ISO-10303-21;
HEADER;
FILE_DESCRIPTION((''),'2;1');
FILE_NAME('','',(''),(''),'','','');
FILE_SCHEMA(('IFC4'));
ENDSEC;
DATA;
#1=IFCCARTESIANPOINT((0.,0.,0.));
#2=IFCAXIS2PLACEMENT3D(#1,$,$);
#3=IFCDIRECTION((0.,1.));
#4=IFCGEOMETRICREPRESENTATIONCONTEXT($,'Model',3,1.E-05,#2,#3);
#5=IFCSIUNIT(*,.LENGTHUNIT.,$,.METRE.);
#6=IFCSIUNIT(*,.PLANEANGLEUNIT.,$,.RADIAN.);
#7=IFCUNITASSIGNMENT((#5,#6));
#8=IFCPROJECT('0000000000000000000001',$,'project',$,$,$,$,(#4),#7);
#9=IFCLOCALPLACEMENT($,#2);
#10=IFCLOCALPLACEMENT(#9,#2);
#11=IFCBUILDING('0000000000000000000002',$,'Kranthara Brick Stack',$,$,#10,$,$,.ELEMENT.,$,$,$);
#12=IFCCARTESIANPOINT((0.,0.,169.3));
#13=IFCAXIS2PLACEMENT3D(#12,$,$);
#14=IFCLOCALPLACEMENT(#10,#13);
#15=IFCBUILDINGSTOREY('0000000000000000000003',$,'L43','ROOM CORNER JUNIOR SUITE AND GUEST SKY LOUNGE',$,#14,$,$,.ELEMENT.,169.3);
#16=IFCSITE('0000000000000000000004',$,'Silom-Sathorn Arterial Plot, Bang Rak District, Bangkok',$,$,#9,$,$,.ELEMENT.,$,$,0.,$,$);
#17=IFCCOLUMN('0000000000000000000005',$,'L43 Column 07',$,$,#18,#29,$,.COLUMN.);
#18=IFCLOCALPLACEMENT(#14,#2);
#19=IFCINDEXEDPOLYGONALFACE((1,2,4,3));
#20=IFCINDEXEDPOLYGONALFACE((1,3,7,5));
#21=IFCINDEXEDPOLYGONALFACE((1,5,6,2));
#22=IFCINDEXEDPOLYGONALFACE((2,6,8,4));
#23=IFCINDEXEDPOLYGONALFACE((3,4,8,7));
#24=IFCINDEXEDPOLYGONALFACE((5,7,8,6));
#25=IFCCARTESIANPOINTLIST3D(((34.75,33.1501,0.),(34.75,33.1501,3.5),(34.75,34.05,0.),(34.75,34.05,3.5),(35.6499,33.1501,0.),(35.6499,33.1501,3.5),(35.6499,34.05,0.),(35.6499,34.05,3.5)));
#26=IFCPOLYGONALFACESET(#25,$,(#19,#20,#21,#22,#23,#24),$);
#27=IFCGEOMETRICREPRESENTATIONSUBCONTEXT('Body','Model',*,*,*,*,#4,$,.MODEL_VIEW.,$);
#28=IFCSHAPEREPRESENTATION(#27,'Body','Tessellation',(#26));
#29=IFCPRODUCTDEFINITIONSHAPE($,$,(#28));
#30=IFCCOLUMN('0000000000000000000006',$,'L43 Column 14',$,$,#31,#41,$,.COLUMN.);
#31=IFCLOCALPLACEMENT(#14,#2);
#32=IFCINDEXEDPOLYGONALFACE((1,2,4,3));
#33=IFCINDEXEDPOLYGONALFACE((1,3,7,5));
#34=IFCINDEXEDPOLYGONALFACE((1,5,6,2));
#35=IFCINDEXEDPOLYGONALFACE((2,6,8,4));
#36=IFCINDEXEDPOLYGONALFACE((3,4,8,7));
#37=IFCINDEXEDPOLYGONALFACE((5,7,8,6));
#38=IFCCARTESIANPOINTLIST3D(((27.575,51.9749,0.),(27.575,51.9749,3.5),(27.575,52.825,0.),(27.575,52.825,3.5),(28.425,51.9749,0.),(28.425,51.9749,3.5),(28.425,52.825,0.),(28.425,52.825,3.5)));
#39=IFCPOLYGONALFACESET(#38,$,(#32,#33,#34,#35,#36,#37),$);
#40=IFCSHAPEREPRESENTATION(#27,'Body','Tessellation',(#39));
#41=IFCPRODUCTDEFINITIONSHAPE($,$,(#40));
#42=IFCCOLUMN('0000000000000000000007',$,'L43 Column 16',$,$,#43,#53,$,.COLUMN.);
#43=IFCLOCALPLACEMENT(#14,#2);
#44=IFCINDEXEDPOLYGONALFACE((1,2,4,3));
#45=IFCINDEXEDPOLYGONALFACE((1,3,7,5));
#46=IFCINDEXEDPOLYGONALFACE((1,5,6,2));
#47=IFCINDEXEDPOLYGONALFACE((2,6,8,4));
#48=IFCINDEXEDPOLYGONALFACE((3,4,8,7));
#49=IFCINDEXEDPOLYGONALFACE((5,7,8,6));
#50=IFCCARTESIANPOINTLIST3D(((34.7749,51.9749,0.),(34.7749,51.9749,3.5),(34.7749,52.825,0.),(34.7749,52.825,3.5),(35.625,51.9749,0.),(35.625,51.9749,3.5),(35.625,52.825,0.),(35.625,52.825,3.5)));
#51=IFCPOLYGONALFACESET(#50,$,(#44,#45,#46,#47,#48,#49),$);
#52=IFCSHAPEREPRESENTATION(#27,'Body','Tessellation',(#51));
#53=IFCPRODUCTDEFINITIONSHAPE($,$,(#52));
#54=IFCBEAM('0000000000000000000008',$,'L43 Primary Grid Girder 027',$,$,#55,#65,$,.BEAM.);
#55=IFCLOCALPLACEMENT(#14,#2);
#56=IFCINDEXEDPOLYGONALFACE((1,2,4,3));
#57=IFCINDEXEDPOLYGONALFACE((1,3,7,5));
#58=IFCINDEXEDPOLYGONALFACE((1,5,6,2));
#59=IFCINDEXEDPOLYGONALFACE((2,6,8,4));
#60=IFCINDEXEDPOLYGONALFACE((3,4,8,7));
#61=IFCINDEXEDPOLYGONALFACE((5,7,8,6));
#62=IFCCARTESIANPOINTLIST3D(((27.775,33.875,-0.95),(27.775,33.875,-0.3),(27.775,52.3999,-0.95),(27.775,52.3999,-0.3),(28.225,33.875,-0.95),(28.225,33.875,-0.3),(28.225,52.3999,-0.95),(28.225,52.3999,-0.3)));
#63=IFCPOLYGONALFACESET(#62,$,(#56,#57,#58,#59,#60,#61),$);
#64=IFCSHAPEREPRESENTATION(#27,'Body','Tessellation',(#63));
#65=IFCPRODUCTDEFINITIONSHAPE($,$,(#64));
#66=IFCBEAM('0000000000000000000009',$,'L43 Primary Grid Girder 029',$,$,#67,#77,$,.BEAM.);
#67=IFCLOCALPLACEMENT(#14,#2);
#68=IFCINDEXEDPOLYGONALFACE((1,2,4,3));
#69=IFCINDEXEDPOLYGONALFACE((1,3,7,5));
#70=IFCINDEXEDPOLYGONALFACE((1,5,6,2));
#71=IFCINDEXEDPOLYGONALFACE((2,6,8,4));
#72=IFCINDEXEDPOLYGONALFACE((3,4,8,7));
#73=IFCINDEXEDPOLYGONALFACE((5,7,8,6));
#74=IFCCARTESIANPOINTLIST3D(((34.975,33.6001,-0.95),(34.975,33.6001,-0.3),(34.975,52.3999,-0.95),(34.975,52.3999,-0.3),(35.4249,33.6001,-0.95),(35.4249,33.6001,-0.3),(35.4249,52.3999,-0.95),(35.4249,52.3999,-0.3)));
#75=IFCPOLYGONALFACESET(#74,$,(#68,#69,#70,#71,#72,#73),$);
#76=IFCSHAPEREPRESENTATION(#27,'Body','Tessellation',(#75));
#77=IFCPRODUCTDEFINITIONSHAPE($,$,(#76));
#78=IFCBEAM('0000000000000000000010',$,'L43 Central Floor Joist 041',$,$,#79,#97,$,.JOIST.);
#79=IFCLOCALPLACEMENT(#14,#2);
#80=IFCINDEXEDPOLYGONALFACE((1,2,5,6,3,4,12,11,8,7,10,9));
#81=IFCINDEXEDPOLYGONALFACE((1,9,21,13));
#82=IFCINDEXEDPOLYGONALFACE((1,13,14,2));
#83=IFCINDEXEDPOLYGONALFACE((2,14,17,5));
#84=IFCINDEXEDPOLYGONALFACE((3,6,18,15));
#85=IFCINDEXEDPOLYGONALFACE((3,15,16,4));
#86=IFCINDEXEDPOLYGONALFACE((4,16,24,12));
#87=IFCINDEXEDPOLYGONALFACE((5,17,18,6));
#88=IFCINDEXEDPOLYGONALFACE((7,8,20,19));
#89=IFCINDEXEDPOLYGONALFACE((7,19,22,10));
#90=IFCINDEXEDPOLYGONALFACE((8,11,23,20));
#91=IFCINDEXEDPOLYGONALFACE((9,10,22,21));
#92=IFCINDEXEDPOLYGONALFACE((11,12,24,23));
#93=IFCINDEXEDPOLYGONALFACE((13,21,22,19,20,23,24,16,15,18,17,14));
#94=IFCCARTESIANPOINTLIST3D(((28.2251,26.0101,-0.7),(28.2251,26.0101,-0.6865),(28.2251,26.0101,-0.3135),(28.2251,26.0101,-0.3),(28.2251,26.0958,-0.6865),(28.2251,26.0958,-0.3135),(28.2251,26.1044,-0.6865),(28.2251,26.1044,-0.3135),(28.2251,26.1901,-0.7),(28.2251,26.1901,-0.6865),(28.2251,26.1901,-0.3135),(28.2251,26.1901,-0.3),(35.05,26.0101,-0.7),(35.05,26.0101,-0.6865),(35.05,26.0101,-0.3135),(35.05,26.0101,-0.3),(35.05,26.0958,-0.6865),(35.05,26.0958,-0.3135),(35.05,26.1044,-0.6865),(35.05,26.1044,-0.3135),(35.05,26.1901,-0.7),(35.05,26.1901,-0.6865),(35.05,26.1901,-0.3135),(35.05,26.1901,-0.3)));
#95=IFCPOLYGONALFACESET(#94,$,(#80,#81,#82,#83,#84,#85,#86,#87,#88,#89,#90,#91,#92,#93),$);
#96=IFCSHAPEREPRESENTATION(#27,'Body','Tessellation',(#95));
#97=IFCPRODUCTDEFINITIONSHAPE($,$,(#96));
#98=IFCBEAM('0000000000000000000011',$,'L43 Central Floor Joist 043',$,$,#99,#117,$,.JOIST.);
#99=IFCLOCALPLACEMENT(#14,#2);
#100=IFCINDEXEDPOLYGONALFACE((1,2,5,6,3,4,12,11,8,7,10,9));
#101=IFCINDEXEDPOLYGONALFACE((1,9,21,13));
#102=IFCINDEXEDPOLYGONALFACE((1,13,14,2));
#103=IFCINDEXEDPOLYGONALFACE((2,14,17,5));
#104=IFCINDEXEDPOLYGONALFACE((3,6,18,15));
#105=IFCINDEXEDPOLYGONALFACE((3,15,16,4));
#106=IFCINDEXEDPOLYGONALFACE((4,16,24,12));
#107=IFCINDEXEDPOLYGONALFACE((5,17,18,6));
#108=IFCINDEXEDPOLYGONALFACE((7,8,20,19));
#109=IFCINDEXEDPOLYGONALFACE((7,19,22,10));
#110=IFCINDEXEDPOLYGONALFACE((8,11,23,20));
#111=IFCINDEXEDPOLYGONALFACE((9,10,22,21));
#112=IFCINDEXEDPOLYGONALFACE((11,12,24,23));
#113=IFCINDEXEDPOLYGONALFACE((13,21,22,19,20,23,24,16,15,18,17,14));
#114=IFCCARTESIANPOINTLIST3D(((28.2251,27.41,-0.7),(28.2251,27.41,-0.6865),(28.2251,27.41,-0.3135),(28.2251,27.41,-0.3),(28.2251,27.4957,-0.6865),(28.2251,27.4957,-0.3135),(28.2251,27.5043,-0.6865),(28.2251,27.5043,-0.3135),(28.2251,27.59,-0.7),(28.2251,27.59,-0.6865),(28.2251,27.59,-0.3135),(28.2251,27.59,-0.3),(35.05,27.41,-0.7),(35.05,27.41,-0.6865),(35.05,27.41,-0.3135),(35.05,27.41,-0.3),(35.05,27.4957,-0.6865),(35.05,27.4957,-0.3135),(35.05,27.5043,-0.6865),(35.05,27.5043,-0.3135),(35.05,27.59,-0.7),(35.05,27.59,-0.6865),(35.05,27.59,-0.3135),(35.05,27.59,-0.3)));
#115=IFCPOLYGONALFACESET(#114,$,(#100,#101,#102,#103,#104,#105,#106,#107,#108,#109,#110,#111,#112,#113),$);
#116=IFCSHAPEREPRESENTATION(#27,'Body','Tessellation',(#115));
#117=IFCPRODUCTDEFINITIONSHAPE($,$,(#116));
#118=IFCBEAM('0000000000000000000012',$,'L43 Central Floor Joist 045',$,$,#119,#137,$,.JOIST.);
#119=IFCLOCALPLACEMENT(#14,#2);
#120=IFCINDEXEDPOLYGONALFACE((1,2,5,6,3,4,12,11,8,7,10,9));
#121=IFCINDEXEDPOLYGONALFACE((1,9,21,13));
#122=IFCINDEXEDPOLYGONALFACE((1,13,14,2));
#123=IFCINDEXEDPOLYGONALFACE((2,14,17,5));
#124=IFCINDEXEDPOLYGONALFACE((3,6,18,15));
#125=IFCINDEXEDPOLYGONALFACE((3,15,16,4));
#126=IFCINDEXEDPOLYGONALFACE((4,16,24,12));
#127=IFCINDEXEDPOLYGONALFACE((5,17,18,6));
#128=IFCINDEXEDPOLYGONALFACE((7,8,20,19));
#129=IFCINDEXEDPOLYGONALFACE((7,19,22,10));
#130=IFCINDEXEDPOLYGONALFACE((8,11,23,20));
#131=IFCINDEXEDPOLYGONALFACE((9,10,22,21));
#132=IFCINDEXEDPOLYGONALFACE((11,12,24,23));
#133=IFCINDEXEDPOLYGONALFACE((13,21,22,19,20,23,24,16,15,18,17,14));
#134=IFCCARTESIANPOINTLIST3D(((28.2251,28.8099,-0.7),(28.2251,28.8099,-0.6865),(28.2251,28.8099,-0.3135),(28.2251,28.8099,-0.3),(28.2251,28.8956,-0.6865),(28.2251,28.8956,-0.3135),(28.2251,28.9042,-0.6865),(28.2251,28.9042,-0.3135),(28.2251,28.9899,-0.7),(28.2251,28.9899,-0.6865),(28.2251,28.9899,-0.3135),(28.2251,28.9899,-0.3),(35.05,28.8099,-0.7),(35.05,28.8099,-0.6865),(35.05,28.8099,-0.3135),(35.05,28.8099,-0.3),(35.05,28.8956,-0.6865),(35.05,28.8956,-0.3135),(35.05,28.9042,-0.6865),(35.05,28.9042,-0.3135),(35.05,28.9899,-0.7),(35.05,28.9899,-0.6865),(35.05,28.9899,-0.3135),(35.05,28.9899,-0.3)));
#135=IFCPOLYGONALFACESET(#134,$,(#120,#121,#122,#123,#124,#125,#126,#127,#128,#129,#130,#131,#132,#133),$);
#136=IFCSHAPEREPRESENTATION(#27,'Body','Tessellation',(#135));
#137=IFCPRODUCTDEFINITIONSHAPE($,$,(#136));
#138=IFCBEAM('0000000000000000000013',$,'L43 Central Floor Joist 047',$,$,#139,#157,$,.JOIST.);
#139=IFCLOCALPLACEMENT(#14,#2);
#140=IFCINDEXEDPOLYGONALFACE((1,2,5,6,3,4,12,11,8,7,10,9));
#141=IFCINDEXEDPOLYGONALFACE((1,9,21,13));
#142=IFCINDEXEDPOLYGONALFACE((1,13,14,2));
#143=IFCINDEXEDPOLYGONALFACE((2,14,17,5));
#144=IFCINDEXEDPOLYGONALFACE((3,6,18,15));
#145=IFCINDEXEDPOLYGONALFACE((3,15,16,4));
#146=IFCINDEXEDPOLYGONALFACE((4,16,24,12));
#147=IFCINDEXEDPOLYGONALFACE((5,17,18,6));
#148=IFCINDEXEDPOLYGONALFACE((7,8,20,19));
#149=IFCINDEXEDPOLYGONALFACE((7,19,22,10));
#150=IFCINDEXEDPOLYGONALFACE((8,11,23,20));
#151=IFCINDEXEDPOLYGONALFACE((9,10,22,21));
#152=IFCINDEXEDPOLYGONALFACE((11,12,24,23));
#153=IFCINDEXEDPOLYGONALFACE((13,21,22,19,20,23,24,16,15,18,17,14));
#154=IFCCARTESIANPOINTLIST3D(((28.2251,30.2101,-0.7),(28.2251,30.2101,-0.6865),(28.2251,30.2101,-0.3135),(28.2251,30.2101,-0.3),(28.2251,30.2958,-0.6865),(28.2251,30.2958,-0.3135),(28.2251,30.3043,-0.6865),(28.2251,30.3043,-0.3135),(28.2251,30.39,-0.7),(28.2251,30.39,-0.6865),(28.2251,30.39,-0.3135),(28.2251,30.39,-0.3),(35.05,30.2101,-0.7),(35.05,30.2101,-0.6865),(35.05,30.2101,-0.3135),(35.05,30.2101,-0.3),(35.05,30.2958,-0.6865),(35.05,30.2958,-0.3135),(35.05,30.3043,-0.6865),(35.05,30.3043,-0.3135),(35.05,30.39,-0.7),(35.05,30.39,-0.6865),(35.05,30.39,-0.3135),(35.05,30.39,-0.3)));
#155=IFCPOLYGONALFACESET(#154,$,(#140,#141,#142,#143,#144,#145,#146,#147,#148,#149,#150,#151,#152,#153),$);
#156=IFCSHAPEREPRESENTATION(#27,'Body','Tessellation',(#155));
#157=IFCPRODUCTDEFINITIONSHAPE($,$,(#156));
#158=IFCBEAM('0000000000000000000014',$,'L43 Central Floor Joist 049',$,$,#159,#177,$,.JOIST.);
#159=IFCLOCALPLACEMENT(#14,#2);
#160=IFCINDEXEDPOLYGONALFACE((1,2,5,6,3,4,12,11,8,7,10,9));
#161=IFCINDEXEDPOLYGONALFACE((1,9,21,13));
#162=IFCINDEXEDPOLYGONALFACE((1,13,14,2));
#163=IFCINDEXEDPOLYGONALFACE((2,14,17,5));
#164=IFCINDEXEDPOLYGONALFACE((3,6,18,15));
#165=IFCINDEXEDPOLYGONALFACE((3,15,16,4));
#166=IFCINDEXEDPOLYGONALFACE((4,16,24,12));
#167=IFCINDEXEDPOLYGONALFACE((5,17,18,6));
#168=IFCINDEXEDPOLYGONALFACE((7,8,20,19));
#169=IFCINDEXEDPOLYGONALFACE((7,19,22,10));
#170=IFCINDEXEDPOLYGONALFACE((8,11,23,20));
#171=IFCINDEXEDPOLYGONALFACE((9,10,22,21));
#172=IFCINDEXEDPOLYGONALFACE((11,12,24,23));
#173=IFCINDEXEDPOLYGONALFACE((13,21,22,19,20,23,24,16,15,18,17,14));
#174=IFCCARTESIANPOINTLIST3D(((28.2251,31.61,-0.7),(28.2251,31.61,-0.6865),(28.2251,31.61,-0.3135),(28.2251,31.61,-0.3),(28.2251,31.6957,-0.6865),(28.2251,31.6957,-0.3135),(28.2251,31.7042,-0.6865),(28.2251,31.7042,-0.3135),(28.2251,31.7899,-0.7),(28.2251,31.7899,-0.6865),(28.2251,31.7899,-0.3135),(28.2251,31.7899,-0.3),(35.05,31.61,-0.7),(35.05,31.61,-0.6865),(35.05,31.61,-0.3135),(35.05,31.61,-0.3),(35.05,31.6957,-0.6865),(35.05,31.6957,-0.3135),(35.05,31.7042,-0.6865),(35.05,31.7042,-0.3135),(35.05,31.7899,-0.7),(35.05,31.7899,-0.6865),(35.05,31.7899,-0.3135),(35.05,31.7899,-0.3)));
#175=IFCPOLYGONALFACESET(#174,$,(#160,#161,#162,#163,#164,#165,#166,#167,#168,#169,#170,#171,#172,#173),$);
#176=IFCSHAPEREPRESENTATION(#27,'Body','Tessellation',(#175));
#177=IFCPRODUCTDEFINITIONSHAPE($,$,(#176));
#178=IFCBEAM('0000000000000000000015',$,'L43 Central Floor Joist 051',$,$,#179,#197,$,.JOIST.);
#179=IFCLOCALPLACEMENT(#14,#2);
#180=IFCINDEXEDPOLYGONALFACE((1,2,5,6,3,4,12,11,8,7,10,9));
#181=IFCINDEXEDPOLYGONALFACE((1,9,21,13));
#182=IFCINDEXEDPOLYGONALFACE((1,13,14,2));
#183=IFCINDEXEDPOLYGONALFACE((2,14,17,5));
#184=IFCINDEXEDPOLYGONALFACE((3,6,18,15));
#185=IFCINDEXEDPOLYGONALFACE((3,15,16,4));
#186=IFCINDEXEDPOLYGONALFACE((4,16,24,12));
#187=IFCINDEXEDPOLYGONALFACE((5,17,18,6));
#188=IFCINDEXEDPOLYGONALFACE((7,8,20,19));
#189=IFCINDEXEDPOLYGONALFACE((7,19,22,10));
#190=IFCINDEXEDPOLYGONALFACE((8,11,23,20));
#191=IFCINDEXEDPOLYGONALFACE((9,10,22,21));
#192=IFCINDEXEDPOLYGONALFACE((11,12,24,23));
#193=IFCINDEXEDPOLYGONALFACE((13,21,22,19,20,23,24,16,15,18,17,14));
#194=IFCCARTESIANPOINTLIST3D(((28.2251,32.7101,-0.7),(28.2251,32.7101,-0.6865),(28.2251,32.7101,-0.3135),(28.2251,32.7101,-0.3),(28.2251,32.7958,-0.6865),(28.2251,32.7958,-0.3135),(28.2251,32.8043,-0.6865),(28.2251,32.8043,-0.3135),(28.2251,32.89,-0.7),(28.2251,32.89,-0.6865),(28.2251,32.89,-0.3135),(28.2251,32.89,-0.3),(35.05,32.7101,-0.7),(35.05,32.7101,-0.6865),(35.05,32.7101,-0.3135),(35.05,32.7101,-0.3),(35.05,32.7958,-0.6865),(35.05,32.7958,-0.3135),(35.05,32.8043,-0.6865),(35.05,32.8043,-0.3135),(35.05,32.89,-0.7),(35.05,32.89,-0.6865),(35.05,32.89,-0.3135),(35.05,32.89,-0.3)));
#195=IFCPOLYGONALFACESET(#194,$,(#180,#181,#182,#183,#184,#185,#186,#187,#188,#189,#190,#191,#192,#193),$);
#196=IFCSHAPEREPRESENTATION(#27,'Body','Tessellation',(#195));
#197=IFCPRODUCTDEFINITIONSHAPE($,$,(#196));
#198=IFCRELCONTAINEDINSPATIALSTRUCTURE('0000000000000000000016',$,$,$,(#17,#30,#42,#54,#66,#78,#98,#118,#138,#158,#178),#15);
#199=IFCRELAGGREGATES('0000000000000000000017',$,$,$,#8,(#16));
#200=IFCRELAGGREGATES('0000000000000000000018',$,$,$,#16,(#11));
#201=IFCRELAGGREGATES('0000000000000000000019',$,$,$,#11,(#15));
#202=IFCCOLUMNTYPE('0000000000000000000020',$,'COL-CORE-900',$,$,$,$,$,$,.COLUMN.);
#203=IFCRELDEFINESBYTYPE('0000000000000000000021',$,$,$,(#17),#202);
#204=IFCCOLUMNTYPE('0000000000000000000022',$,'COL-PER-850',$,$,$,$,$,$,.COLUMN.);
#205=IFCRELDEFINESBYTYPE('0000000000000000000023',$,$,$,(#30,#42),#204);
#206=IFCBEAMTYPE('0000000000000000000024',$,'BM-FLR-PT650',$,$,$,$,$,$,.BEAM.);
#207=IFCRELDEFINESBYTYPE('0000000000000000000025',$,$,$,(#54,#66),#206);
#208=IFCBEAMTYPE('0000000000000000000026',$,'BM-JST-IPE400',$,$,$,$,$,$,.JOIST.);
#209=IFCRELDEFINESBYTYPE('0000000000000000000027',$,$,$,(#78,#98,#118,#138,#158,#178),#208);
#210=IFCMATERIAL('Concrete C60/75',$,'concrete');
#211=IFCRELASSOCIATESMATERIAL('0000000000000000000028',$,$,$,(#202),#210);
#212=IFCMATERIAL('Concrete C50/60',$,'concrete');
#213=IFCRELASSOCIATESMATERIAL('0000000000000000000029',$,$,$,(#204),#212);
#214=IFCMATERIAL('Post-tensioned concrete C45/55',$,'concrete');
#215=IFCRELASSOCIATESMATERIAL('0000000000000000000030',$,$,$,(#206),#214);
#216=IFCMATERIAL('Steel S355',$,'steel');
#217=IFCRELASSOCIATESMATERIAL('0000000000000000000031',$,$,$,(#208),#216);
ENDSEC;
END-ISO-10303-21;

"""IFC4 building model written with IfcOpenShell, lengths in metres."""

from ifc_helpers import new_model, si_unit, direction, frame, origin, origin_2d, place, context, subcontext, project, spatial, rectangle, i_section, extrude, material, material_profile, profile_set, type_object, element, save


model = new_model("IFC4")

# Units and contexts
model_context = context("Model", 3, precision=1e-05, world=origin(), true_north=direction((0.0, 1.0)))
body_context = subcontext(model_context, "Body", "Model", "MODEL_VIEW")
ifc_project = project(units=[si_unit("LENGTHUNIT", "METRE"), si_unit("PLANEANGLEUNIT", "RADIAN")], contexts=[model_context])

# Site, building, storey
site_placement = place(None, origin())
site = spatial("IfcSite", under=ifc_project, at=site_placement, Name="Silom-Sathorn Arterial Plot, Bang Rak District, Bangkok", CompositionType="ELEMENT", RefElevation=0.0)
building_placement = place(site_placement, origin())
building = spatial("IfcBuilding", under=site, at=building_placement, Name="Kranthara Brick Stack", CompositionType="ELEMENT")
storey_placement = place(building_placement, frame((0.0, 0.0, 169.3)))
storey = spatial("IfcBuildingStorey", under=building, at=storey_placement, Name="L43", Description="ROOM CORNER JUNIOR SUITE AND GUEST SKY LOUNGE", CompositionType="ELEMENT", Elevation=169.3)

# Columns
ifc_material_1 = material(Name="Concrete C60/75", Category="concrete")
ifc_material_profile_1 = material_profile(ifc_material_1, rectangle(XDim=0.8999, YDim=0.8999, at=origin_2d()), Name="RC 900x900")
ifc_profile_set_1 = profile_set([ifc_material_profile_1], Name="Concrete C60/75")
column_type_1 = type_object("IfcColumnType", Name="COL-CORE-900", PredefinedType="COLUMN", material=ifc_profile_set_1)
column_placement = place(storey_placement, frame((35.2, 33.6001, 0.0), z_axis=(0.0, 0.0, 1.0), x_axis=(1.0, 0.0, 0.0)))
element("IfcColumn", 1, at=column_placement, inside=storey, type_object=column_type_1, Name="L43 Column 07", PredefinedType="COLUMN", context=body_context, shape_type="SweptSolid", body=[
    extrude(rectangle(XDim=0.8999, YDim=0.8999, at=origin_2d()), origin(), (0.0, 0.0, 1.0), 3.5),
])
ifc_material_2 = material(Name="Concrete C50/60", Category="concrete")
ifc_material_profile_2 = material_profile(ifc_material_2, rectangle(XDim=0.8501, YDim=0.8501, at=origin_2d()), Name="RC 850x850")
ifc_profile_set_2 = profile_set([ifc_material_profile_2], Name="Concrete C50/60")
column_type_2 = type_object("IfcColumnType", Name="COL-PER-850", PredefinedType="COLUMN", material=ifc_profile_set_2)
for number, where, z_axis, x_axis, name in (
    (2, (28.0, 52.3999, 0.0), (0.0, 0.0, 1.0), (1.0, 0.0, 0.0), "L43 Column 14"),
    (3, (35.2, 52.3999, 0.0), (0.0, 0.0, 1.0), (1.0, 0.0, 0.0), "L43 Column 16"),
):
    element("IfcColumn", number, at=place(storey_placement, frame(where, z_axis=z_axis, x_axis=x_axis)), inside=storey, type_object=column_type_2, Name=name, PredefinedType="COLUMN", context=body_context, shape_type="SweptSolid", body=[
        extrude(rectangle(XDim=0.8501, YDim=0.8501, at=origin_2d()), origin(), (0.0, 0.0, 1.0), 3.5),
    ])

# Beams
ifc_material_3 = material(Name="Post-tensioned concrete C45/55", Category="concrete")
ifc_material_profile_3 = material_profile(ifc_material_3, rectangle(XDim=0.45, YDim=0.6499, at=origin_2d()), Name="PT 450x650")
ifc_profile_set_3 = profile_set([ifc_material_profile_3], Name="Post-tensioned concrete C45/55")
beam_type_1 = type_object("IfcBeamType", Name="BM-FLR-PT650", PredefinedType="BEAM", material=ifc_profile_set_3)
beam_1_placement = place(storey_placement, frame((28.0, 33.875, -0.625), z_axis=(0.0, 1.0, 0.0), x_axis=(-1.0, 0.0, 0.0)))
element("IfcBeam", 4, at=beam_1_placement, inside=storey, type_object=beam_type_1, Name="L43 Primary Grid Girder 027", PredefinedType="BEAM", context=body_context, shape_type="SweptSolid", body=[
    extrude(rectangle(XDim=0.45, YDim=0.6499, at=origin_2d()), origin(), (0.0, 0.0, 1.0), 18.5249),
])
beam_2_placement = place(storey_placement, frame((35.2, 33.6001, -0.625), z_axis=(0.0, 1.0, 0.0), x_axis=(-1.0, 0.0, 0.0)))
element("IfcBeam", 5, at=beam_2_placement, inside=storey, type_object=beam_type_1, Name="L43 Primary Grid Girder 029", PredefinedType="BEAM", context=body_context, shape_type="SweptSolid", body=[
    extrude(rectangle(XDim=0.45, YDim=0.6499, at=origin_2d()), origin(), (0.0, 0.0, 1.0), 18.7998),
])
ifc_material_4 = material(Name="Steel S355", Category="steel")
ifc_material_profile_4 = material_profile(ifc_material_4, i_section(OverallWidth=0.1799, OverallDepth=0.3999, WebThickness=0.0085, FlangeThickness=0.0134, at=origin_2d()), Name="IPE 400")
ifc_profile_set_4 = profile_set([ifc_material_profile_4], Name="Steel S355")
beam_type_2 = type_object("IfcBeamType", Name="BM-JST-IPE400", PredefinedType="JOIST", material=ifc_profile_set_4)
for number, where, z_axis, x_axis, name in (
    (6, (28.2251, 26.1001, -0.5), (1.0, 0.0, 0.0), (0.0, 1.0, 0.0), "L43 Central Floor Joist 041"),
    (7, (28.2251, 27.5, -0.5), (1.0, 0.0, 0.0), (0.0, 1.0, 0.0), "L43 Central Floor Joist 043"),
    (8, (28.2251, 28.8999, -0.5), (1.0, 0.0, 0.0), (0.0, 1.0, 0.0), "L43 Central Floor Joist 045"),
    (9, (28.2251, 30.3, -0.5), (1.0, 0.0, 0.0), (0.0, 1.0, 0.0), "L43 Central Floor Joist 047"),
    (10, (28.2251, 31.7, -0.5), (1.0, 0.0, 0.0), (0.0, 1.0, 0.0), "L43 Central Floor Joist 049"),
    (11, (28.2251, 32.8, -0.5), (1.0, 0.0, 0.0), (0.0, 1.0, 0.0), "L43 Central Floor Joist 051"),
):
    element("IfcBeam", number, at=place(storey_placement, frame(where, z_axis=z_axis, x_axis=x_axis)), inside=storey, type_object=beam_type_2, Name=name, PredefinedType="JOIST", context=body_context, shape_type="SweptSolid", body=[
        extrude(i_section(OverallWidth=0.1799, OverallDepth=0.3999, WebThickness=0.0085, FlangeThickness=0.0134, at=origin_2d()), origin(), (0.0, 0.0, 1.0), 6.825),
    ])

save(model, "model.ifc")
